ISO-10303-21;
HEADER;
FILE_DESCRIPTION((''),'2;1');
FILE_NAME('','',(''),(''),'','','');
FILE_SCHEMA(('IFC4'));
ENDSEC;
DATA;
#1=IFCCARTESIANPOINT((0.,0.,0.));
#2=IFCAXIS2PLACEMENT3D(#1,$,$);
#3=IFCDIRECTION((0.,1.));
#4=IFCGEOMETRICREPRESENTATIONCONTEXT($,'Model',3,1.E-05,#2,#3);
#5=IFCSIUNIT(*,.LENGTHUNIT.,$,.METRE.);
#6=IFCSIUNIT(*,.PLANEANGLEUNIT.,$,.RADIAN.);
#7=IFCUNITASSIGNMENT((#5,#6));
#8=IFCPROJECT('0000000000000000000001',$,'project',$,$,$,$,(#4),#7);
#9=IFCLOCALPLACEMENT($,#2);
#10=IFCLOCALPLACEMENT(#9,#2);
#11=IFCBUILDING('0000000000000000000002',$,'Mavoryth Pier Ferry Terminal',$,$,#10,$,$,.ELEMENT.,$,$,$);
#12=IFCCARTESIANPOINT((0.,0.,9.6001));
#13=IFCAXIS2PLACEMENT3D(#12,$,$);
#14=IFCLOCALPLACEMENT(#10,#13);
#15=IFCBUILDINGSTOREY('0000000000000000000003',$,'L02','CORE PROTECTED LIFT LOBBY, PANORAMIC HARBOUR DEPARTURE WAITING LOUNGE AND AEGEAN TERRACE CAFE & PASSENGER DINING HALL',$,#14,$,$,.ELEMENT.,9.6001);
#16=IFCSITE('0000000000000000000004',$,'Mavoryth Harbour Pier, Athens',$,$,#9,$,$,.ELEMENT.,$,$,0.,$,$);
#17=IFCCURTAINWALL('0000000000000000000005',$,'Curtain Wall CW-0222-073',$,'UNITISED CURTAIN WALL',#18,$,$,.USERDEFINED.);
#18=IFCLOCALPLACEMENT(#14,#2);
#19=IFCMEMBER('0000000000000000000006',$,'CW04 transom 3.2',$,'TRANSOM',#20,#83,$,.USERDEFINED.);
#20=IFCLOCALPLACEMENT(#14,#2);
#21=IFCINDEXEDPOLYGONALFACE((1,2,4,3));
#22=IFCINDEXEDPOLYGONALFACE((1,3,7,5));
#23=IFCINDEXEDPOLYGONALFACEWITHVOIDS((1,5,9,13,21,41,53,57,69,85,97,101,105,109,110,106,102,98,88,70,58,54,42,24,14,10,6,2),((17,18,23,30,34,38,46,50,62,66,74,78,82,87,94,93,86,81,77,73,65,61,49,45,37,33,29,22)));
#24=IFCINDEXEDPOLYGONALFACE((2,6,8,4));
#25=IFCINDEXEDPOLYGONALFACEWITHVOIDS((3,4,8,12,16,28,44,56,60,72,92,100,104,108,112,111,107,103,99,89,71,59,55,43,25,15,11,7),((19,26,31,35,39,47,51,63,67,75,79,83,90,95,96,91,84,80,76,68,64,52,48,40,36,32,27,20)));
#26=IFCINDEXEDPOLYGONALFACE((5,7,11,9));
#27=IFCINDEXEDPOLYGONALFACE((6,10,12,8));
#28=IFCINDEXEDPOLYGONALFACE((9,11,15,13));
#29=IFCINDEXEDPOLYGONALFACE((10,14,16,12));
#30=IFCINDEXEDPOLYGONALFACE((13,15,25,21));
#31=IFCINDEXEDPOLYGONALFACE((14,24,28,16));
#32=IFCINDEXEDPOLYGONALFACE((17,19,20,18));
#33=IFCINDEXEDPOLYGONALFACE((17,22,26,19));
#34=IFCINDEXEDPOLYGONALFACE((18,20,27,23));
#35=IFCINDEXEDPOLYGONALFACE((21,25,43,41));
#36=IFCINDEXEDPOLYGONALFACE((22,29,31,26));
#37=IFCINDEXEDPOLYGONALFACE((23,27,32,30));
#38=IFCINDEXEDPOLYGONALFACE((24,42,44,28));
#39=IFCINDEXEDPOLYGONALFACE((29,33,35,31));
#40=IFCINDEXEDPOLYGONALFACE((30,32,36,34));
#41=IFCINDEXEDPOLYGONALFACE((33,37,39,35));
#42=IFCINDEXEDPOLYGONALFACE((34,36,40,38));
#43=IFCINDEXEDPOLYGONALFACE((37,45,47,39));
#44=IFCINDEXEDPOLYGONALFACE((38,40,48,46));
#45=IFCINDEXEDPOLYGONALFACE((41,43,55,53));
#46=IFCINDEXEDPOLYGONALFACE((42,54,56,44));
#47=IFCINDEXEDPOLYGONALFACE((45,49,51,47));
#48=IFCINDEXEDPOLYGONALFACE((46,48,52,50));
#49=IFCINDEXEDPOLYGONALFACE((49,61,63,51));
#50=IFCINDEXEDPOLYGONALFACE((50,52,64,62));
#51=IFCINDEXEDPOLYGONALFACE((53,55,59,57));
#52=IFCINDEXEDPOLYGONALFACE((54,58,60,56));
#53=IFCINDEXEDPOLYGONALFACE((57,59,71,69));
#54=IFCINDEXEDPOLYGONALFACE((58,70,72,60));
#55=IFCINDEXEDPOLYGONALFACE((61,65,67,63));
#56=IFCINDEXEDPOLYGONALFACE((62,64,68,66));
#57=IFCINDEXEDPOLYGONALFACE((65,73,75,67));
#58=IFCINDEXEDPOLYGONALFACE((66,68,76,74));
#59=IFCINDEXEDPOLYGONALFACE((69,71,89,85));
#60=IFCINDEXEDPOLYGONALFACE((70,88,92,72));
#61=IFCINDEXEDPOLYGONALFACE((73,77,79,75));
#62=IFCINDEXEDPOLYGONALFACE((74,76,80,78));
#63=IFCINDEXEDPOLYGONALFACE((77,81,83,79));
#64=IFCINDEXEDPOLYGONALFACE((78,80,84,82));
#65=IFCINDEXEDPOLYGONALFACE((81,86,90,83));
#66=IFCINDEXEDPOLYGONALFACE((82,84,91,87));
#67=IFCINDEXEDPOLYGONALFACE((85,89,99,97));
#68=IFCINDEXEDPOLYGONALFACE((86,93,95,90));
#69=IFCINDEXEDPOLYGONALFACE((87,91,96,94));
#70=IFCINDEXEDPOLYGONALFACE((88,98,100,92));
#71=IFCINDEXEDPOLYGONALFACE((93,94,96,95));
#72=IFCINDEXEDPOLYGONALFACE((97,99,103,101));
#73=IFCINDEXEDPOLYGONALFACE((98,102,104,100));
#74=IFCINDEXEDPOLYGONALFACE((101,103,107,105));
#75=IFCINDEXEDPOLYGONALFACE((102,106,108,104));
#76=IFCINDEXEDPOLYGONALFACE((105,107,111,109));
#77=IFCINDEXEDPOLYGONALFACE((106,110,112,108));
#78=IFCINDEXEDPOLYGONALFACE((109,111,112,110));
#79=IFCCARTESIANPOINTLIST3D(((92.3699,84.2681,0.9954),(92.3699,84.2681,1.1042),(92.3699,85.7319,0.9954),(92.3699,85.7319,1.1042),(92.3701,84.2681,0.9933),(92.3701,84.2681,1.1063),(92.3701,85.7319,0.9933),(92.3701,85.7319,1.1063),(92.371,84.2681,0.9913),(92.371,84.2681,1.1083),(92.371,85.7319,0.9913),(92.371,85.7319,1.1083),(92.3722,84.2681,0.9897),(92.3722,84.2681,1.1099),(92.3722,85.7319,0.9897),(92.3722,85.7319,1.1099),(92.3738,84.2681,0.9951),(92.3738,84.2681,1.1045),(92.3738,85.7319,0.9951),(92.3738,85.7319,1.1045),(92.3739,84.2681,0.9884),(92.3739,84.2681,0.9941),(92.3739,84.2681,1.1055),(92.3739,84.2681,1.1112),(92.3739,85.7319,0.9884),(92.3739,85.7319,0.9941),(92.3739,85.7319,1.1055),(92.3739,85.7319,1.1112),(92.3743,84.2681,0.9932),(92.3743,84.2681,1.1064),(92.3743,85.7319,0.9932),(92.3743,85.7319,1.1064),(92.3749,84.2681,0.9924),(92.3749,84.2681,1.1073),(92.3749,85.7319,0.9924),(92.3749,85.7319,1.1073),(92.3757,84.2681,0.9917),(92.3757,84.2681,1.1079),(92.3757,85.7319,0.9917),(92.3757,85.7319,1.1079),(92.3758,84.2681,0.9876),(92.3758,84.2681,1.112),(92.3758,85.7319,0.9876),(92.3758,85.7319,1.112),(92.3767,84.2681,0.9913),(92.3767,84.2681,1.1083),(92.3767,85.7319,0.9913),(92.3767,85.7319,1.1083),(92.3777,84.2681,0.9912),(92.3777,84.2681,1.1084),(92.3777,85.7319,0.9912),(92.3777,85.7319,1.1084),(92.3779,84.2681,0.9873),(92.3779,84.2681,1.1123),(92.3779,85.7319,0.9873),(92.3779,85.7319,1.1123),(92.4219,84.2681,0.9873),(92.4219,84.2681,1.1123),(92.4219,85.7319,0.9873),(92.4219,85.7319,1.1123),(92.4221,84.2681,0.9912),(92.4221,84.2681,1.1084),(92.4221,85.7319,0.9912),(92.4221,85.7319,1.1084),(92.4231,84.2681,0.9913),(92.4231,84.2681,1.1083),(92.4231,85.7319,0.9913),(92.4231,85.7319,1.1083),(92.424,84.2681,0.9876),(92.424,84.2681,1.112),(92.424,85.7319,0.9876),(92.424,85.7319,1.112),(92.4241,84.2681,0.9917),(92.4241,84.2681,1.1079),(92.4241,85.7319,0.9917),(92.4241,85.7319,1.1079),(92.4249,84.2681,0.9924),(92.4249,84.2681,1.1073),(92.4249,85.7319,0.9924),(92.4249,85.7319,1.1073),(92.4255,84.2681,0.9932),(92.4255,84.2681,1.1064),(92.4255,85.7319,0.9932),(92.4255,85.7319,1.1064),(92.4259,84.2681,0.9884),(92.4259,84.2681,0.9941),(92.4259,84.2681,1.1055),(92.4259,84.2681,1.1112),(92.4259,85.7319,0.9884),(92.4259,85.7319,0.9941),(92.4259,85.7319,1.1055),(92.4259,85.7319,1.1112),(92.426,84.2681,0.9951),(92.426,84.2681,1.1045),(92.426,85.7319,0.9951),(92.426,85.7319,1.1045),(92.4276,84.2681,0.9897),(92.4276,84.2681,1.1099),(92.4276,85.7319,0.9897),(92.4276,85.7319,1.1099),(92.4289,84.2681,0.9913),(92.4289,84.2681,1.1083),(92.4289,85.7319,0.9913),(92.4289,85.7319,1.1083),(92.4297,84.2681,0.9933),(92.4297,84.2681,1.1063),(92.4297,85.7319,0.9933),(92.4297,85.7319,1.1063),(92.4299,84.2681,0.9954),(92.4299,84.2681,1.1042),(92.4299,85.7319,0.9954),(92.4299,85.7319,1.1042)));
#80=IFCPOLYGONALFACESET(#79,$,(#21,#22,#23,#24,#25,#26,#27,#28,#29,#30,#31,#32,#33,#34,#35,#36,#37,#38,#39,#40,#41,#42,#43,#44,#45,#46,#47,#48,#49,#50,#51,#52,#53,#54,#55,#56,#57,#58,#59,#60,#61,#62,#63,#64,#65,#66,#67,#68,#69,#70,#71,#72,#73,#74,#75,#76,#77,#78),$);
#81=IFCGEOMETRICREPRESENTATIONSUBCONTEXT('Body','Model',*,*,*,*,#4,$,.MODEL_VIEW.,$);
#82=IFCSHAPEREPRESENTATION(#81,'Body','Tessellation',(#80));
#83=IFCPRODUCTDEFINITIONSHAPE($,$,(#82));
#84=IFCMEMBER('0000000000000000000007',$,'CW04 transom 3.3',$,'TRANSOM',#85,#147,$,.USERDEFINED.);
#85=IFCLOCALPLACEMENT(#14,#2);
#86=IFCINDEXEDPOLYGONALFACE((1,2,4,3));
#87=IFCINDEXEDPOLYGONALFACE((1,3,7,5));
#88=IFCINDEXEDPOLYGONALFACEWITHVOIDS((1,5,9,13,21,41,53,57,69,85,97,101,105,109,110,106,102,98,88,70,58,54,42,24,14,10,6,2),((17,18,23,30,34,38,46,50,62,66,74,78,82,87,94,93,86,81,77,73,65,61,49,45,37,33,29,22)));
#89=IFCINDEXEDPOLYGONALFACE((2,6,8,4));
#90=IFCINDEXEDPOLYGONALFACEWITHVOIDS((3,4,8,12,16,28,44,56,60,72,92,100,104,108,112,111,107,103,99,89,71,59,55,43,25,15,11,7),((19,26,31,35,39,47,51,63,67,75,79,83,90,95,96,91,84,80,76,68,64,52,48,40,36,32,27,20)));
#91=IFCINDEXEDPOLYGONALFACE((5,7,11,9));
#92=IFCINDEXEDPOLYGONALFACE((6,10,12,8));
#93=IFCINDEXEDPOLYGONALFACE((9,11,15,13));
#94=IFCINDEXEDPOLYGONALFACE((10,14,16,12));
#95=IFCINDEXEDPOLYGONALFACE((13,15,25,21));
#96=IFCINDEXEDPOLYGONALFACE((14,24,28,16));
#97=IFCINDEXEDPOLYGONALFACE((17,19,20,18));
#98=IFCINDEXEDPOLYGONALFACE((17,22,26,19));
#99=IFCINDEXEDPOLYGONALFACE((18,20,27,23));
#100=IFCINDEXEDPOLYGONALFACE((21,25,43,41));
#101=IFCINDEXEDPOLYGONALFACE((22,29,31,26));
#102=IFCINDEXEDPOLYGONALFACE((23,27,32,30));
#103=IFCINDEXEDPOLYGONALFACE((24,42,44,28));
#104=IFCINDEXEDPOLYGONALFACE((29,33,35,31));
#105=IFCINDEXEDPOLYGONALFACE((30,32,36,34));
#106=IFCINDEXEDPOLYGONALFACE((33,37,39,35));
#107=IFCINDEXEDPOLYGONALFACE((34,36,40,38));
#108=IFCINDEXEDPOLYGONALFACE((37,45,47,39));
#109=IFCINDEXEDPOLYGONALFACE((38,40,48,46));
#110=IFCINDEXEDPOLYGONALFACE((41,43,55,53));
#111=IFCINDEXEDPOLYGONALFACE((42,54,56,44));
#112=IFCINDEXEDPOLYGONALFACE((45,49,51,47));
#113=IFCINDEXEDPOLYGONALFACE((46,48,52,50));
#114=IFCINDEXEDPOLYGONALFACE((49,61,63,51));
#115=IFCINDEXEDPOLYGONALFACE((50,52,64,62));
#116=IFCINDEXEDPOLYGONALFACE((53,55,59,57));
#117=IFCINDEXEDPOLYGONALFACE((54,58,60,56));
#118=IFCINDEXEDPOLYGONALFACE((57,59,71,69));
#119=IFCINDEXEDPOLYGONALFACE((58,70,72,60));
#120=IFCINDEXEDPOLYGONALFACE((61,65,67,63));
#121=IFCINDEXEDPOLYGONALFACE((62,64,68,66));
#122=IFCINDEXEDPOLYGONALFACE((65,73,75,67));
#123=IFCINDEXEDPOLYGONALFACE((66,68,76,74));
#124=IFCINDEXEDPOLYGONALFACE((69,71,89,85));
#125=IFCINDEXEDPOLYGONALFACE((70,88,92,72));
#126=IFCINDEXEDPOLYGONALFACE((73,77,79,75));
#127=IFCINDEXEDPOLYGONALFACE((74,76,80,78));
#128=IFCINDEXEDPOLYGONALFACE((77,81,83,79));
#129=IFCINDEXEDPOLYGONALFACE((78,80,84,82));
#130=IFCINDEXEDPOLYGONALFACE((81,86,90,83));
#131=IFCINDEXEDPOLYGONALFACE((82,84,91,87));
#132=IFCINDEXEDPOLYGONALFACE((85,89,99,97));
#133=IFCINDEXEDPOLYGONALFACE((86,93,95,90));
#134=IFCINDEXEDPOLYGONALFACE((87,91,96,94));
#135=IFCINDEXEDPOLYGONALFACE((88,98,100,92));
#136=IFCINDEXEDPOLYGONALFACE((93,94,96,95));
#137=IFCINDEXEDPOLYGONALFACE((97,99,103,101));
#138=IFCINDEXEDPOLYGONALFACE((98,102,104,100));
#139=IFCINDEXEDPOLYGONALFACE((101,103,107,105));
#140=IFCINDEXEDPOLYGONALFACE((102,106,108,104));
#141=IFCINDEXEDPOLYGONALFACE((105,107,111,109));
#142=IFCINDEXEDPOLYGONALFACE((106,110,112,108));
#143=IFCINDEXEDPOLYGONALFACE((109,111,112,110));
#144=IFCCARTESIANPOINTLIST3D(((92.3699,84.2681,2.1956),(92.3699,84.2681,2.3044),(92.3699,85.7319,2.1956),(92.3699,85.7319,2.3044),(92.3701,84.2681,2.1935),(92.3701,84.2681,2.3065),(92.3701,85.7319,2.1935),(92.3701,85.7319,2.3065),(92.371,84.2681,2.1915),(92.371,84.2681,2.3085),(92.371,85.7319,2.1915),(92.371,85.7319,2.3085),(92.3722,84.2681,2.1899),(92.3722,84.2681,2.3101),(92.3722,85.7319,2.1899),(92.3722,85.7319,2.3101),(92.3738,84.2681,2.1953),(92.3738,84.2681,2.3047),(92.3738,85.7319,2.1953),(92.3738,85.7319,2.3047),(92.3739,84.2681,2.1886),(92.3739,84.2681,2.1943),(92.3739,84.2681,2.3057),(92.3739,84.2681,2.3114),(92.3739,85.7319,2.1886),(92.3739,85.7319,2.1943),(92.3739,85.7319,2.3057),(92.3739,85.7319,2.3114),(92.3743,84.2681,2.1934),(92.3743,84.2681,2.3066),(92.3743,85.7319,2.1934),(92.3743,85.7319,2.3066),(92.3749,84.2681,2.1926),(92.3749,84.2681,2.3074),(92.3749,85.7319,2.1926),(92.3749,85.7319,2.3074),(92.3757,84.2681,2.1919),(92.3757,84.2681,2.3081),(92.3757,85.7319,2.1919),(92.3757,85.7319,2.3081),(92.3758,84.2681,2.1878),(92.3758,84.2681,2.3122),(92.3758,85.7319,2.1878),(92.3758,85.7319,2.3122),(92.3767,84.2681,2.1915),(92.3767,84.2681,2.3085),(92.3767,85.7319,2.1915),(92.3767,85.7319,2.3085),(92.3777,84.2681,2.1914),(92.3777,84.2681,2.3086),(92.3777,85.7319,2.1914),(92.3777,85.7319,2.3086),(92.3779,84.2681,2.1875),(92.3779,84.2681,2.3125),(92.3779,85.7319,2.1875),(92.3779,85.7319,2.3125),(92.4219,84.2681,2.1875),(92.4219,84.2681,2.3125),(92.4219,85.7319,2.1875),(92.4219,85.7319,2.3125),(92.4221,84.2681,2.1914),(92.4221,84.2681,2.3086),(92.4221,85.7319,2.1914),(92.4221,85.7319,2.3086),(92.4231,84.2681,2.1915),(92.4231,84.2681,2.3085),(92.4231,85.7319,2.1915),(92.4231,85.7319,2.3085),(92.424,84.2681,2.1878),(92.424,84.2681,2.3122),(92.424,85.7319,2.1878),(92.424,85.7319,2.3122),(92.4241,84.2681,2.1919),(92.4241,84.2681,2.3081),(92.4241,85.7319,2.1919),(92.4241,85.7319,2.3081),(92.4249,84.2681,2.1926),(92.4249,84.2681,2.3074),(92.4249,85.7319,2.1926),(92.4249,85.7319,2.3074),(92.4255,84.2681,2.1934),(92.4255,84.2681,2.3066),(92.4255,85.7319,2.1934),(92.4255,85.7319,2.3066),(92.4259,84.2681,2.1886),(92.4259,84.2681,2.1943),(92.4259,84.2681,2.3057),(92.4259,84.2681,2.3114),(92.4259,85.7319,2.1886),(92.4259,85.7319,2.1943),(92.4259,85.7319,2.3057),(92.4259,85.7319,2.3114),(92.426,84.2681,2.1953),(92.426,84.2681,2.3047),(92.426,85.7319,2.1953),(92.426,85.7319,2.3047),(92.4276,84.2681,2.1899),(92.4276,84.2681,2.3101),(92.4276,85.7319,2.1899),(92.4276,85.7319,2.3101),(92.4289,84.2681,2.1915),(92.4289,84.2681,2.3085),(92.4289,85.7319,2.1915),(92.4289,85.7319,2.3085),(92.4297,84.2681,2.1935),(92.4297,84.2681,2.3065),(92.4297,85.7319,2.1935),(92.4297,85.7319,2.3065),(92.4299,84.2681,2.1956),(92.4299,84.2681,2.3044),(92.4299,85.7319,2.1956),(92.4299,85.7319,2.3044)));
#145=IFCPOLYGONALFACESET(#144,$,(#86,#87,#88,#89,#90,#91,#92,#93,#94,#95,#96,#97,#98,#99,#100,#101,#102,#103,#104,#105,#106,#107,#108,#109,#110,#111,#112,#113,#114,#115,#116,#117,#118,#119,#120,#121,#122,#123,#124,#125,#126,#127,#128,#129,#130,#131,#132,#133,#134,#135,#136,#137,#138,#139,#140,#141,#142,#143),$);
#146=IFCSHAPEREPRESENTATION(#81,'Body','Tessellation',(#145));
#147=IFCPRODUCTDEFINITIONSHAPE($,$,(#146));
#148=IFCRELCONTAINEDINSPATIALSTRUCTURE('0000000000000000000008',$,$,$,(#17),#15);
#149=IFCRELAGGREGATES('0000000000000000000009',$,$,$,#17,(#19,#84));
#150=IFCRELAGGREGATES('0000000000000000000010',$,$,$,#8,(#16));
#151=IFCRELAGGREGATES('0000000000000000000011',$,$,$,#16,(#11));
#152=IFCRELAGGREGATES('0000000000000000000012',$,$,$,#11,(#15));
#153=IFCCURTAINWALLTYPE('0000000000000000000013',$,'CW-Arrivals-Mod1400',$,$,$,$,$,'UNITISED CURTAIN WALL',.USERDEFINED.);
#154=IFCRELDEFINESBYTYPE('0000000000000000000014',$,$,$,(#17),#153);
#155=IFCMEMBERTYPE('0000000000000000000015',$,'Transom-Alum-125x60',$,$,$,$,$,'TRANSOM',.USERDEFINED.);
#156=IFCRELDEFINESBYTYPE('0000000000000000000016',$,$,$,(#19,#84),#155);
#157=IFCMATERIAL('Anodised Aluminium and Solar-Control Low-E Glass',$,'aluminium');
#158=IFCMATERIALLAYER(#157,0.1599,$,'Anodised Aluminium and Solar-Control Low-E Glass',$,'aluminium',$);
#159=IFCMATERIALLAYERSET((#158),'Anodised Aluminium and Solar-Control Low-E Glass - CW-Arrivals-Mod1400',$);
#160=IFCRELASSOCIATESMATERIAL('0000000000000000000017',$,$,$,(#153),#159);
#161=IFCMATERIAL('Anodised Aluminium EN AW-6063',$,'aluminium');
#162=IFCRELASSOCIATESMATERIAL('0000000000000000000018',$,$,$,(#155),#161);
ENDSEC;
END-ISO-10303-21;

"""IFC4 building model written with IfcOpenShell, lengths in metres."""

from ifc_helpers import new_model, si_unit, direction, frame, origin, origin_2d, place, context, subcontext, project, spatial, hollow_rectangle, extrude, material, layer, layer_set, material_profile, profile_set, type_object, element, aggregate, save


model = new_model("IFC4")

# Units and contexts
model_context = context("Model", 3, precision=1e-05, world=origin(), true_north=direction((0.0, 1.0)))
body_context = subcontext(model_context, "Body", "Model", "MODEL_VIEW")
ifc_project = project(units=[si_unit("LENGTHUNIT", "METRE"), si_unit("PLANEANGLEUNIT", "RADIAN")], contexts=[model_context])

# Site, building, storey
site_placement = place(None, origin())
site = spatial("IfcSite", under=ifc_project, at=site_placement, Name="Mavoryth Harbour Pier, Athens", CompositionType="ELEMENT", RefElevation=0.0)
building_placement = place(site_placement, origin())
building = spatial("IfcBuilding", under=site, at=building_placement, Name="Mavoryth Pier Ferry Terminal", CompositionType="ELEMENT")
storey_placement = place(building_placement, frame((0.0, 0.0, 9.6001)))
storey = spatial("IfcBuildingStorey", under=building, at=storey_placement, Name="L02", Description="CORE PROTECTED LIFT LOBBY, PANORAMIC HARBOUR DEPARTURE WAITING LOUNGE AND AEGEAN TERRACE CAFE & PASSENGER DINING HALL", CompositionType="ELEMENT", Elevation=9.6001)

# Curtain wall, members
ifc_material_1 = material(Name="Anodised Aluminium and Solar-Control Low-E Glass", Category="aluminium")
ifc_layer_1 = layer(ifc_material_1, 0.1599, Name="Anodised Aluminium and Solar-Control Low-E Glass", Category="aluminium")
ifc_layer_set_1 = layer_set([ifc_layer_1], Name="Anodised Aluminium and Solar-Control Low-E Glass - CW-Arrivals-Mod1400")
curtain_wall_type = type_object("IfcCurtainWallType", Name="CW-Arrivals-Mod1400", ElementType="UNITISED CURTAIN WALL", PredefinedType="USERDEFINED", material=ifc_layer_set_1)
curtain_wall_placement = place(storey_placement, origin())
curtain_wall = element("IfcCurtainWall", 1, at=curtain_wall_placement, inside=storey, type_object=curtain_wall_type, Name="Curtain Wall CW-0222-073", ObjectType="UNITISED CURTAIN WALL", PredefinedType="USERDEFINED")
ifc_material_2 = material(Name="Anodised Aluminium EN AW-6063", Category="aluminium")
ifc_material_profile_1 = material_profile(ifc_material_2, hollow_rectangle(XDim=0.0601, YDim=0.125, WallThickness=0.0039, InnerFilletRadius=0.0039, OuterFilletRadius=0.0081, at=origin_2d()), Name="AL-TRAN 125x60x4", Category="aluminium")
ifc_profile_set_1 = profile_set([ifc_material_profile_1], Name="Anodised Aluminium EN AW-6063 - AL-TRAN 125x60x4")
member_type_1 = type_object("IfcMemberType", Name="Transom-Alum-125x60", ElementType="TRANSOM", PredefinedType="USERDEFINED", material=ifc_profile_set_1)
member_1_placement = place(storey_placement, frame((92.3999, 84.2681, 1.0498), z_axis=(0.0, 1.0, 0.0), x_axis=(-1.0, 0.0, 0.0)))
member_1 = element("IfcMember", 2, at=member_1_placement, type_object=member_type_1, Name="CW04 transom 3.2", ObjectType="TRANSOM", PredefinedType="USERDEFINED", context=body_context, shape_type="SweptSolid", body=[
    extrude(hollow_rectangle(XDim=0.0601, YDim=0.125, WallThickness=0.0039, InnerFilletRadius=0.0039, OuterFilletRadius=0.0081, at=origin_2d()), origin(), (0.0, 0.0, 1.0), 1.4639),
])
member_2_placement = place(storey_placement, frame((92.3999, 84.2681, 2.25), z_axis=(0.0, 1.0, 0.0), x_axis=(-1.0, 0.0, 0.0)))
member_2 = element("IfcMember", 3, at=member_2_placement, type_object=member_type_1, Name="CW04 transom 3.3", ObjectType="TRANSOM", PredefinedType="USERDEFINED", context=body_context, shape_type="SweptSolid", body=[
    extrude(hollow_rectangle(XDim=0.0601, YDim=0.125, WallThickness=0.0039, InnerFilletRadius=0.0039, OuterFilletRadius=0.0081, at=origin_2d()), origin(), (0.0, 0.0, 1.0), 1.4639),
])
aggregate(curtain_wall, [member_1, member_2])

save(model, "model.ifc")
